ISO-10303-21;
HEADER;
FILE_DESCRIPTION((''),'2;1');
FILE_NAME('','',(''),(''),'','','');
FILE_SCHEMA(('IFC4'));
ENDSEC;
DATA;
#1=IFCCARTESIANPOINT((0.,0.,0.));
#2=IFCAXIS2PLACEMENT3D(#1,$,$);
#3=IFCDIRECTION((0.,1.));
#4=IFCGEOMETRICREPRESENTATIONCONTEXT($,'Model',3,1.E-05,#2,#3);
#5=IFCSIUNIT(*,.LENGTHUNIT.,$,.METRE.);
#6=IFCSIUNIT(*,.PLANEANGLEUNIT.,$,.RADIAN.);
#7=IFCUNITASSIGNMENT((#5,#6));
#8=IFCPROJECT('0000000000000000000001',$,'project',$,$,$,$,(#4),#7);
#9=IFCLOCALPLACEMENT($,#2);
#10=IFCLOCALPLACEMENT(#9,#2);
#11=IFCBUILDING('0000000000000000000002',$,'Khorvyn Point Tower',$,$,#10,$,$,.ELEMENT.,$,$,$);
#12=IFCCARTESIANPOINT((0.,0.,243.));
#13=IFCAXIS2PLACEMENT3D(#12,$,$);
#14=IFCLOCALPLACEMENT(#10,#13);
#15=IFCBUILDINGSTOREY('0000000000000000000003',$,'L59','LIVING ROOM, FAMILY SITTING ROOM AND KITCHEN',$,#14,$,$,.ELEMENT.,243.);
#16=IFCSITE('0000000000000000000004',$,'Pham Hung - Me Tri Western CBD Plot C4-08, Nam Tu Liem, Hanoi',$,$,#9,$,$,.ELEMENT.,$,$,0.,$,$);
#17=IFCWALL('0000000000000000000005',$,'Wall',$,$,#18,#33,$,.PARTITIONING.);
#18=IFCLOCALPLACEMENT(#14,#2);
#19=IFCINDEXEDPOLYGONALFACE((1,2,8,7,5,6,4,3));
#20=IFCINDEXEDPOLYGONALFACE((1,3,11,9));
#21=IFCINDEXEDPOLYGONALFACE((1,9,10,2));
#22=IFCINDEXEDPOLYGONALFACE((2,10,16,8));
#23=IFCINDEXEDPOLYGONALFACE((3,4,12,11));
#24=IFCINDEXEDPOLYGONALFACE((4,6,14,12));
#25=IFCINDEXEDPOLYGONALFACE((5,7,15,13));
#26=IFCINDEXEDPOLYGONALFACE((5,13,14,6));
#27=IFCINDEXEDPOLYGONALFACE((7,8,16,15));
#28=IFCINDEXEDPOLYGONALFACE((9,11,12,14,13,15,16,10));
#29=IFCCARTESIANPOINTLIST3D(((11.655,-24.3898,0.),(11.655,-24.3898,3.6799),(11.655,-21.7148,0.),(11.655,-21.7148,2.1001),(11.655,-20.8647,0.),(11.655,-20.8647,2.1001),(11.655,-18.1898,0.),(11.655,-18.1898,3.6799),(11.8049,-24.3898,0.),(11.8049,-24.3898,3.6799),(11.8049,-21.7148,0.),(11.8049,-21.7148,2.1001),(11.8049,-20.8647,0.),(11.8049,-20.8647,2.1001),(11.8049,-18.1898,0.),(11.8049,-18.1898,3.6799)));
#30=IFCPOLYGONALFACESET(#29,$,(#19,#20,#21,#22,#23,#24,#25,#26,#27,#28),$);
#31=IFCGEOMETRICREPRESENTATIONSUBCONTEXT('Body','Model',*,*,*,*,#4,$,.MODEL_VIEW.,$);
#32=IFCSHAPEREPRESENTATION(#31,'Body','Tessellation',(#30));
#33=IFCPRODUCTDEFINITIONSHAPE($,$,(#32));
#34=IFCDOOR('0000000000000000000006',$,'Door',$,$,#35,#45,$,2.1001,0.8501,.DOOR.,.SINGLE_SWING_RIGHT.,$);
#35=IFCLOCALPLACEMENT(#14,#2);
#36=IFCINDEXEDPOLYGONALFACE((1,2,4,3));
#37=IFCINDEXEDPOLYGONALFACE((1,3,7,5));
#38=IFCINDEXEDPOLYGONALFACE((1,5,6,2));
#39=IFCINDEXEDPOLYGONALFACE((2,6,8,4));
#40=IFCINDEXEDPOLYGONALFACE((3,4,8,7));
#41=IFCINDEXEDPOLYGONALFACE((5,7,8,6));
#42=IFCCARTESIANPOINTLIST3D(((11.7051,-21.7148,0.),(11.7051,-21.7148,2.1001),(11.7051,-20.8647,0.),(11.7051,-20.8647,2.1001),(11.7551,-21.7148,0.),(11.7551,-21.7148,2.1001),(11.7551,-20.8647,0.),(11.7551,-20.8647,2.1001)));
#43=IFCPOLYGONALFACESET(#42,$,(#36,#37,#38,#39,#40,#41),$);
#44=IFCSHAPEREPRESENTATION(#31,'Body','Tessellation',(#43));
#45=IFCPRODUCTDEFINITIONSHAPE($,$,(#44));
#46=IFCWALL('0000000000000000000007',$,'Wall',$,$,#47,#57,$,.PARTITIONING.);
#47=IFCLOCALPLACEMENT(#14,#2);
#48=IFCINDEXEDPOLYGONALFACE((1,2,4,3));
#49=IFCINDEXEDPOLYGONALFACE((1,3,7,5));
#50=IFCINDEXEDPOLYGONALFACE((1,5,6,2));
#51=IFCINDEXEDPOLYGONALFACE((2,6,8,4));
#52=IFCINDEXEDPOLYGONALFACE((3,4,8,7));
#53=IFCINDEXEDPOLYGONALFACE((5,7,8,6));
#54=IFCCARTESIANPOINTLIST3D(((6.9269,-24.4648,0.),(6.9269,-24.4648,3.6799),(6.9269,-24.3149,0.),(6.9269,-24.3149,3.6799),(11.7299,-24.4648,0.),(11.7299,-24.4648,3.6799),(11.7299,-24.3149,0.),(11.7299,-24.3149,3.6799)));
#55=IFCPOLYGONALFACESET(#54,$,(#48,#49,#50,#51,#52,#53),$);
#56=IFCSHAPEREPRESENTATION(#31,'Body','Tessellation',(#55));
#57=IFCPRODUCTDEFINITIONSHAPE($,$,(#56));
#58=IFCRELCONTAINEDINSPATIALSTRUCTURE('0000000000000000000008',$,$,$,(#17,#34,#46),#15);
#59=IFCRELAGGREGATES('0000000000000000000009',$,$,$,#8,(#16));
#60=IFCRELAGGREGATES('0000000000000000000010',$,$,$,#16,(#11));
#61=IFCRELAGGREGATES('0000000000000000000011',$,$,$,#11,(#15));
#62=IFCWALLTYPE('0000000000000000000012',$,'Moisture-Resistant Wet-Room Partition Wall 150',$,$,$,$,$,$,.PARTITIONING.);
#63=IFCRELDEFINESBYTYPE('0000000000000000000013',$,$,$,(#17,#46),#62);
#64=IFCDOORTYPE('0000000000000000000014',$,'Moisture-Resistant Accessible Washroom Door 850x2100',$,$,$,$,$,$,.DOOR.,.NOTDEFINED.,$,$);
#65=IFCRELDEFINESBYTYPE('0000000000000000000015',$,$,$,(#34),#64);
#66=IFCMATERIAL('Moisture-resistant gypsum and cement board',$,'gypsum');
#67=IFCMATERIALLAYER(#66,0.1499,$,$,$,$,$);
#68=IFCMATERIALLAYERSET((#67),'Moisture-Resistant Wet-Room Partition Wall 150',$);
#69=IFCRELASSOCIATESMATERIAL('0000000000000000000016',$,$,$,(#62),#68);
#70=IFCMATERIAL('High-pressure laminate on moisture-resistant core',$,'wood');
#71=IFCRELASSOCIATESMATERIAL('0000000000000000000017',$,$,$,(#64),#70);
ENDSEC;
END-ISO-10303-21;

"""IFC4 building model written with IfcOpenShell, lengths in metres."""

from ifc_helpers import new_model, si_unit, direction, frame, frame_2d, origin, place, context, subcontext, project, spatial, rectangle, extrude, material, layer, layer_set, type_object, element, fill, save


model = new_model("IFC4")

# Units and contexts
model_context = context("Model", 3, precision=1e-05, world=origin(), true_north=direction((0.0, 1.0)))
body_context = subcontext(model_context, "Body", "Model", "MODEL_VIEW")
ifc_project = project(units=[si_unit("LENGTHUNIT", "METRE"), si_unit("PLANEANGLEUNIT", "RADIAN")], contexts=[model_context])

# Site, building, storey
site_placement = place(None, origin())
site = spatial("IfcSite", under=ifc_project, at=site_placement, Name="Pham Hung - Me Tri Western CBD Plot C4-08, Nam Tu Liem, Hanoi", CompositionType="ELEMENT", RefElevation=0.0)
building_placement = place(site_placement, origin())
building = spatial("IfcBuilding", under=site, at=building_placement, Name="Khorvyn Point Tower", CompositionType="ELEMENT")
storey_placement = place(building_placement, frame((0.0, 0.0, 243.0)))
storey = spatial("IfcBuildingStorey", under=building, at=storey_placement, Name="L59", Description="LIVING ROOM, FAMILY SITTING ROOM AND KITCHEN", CompositionType="ELEMENT", Elevation=243.0)

# Wall, opening, door
ifc_material_1 = material(Name="Moisture-resistant gypsum and cement board", Category="gypsum")
ifc_layer_1 = layer(ifc_material_1, 0.1499)
ifc_layer_set_1 = layer_set([ifc_layer_1], Name="Moisture-Resistant Wet-Room Partition Wall 150")
wall_type_1 = type_object("IfcWallType", Name="Moisture-Resistant Wet-Room Partition Wall 150", PredefinedType="PARTITIONING", material=ifc_layer_set_1)
wall_1_placement = place(storey_placement, frame((11.73, -24.3899, 0.0), z_axis=(0.0, 0.0, 1.0), x_axis=(0.0, 1.0, 0.0)))
wall_1 = element("IfcWall", 1, at=wall_1_placement, inside=storey, type_object=wall_type_1, Name="Wall", PredefinedType="PARTITIONING", context=body_context, shape_type="SweptSolid", body=[
    extrude(rectangle(XDim=6.2, YDim=0.1499, at=frame_2d((3.1001, 0.0))), origin(), (0.0, 0.0, 1.0), 3.6799),
])
opening_1_placement = place(wall_1_placement, frame((2.675, 0.0, 0.0)))
opening_1 = element("IfcOpeningElement", 2, at=opening_1_placement, cuts=wall_1, PredefinedType="OPENING", context=body_context, shape_type="SweptSolid", body=[
    extrude(rectangle(XDim=0.8501, YDim=2.1001, at=frame_2d((0.425, 1.05))), frame((0.0, 0.085, 0.0), z_axis=(0.0, -1.0, 0.0), x_axis=(1.0, 0.0, 0.0)), (0.0, 0.0, 1.0), 0.1699),
])
ifc_material_2 = material(Name="High-pressure laminate on moisture-resistant core", Category="wood")
door_type_1 = type_object("IfcDoorType", Name="Moisture-Resistant Accessible Washroom Door 850x2100", OperationType="NOTDEFINED", PredefinedType="DOOR", material=ifc_material_2)
door_1_placement = place(opening_1_placement, origin())
door_1 = element("IfcDoor", 3, at=door_1_placement, inside=storey, type_object=door_type_1, Name="Door", OperationType="SINGLE_SWING_RIGHT", OverallHeight=2.1001, OverallWidth=0.8501, PredefinedType="DOOR", context=body_context, shape_type="SweptSolid", body=[
    extrude(rectangle(XDim=0.8501, YDim=2.1001, at=frame_2d((0.425, 1.05))), frame((0.0, 0.0249, 0.0), z_axis=(0.0, -1.0, 0.0), x_axis=(1.0, 0.0, 0.0)), (0.0, 0.0, 1.0), 0.05),
])
fill(opening_1, door_1)

# Wall
wall_2_placement = place(storey_placement, frame((6.927, -24.3899, 0.0), z_axis=(0.0, 0.0, 1.0), x_axis=(1.0, 0.0, 0.0)))
element("IfcWall", 4, at=wall_2_placement, inside=storey, type_object=wall_type_1, Name="Wall", PredefinedType="PARTITIONING", context=body_context, shape_type="SweptSolid", body=[
    extrude(rectangle(XDim=4.803, YDim=0.1499, at=frame_2d((2.4014, 0.0))), origin(), (0.0, 0.0, 1.0), 3.6799),
])

save(model, "model.ifc")
